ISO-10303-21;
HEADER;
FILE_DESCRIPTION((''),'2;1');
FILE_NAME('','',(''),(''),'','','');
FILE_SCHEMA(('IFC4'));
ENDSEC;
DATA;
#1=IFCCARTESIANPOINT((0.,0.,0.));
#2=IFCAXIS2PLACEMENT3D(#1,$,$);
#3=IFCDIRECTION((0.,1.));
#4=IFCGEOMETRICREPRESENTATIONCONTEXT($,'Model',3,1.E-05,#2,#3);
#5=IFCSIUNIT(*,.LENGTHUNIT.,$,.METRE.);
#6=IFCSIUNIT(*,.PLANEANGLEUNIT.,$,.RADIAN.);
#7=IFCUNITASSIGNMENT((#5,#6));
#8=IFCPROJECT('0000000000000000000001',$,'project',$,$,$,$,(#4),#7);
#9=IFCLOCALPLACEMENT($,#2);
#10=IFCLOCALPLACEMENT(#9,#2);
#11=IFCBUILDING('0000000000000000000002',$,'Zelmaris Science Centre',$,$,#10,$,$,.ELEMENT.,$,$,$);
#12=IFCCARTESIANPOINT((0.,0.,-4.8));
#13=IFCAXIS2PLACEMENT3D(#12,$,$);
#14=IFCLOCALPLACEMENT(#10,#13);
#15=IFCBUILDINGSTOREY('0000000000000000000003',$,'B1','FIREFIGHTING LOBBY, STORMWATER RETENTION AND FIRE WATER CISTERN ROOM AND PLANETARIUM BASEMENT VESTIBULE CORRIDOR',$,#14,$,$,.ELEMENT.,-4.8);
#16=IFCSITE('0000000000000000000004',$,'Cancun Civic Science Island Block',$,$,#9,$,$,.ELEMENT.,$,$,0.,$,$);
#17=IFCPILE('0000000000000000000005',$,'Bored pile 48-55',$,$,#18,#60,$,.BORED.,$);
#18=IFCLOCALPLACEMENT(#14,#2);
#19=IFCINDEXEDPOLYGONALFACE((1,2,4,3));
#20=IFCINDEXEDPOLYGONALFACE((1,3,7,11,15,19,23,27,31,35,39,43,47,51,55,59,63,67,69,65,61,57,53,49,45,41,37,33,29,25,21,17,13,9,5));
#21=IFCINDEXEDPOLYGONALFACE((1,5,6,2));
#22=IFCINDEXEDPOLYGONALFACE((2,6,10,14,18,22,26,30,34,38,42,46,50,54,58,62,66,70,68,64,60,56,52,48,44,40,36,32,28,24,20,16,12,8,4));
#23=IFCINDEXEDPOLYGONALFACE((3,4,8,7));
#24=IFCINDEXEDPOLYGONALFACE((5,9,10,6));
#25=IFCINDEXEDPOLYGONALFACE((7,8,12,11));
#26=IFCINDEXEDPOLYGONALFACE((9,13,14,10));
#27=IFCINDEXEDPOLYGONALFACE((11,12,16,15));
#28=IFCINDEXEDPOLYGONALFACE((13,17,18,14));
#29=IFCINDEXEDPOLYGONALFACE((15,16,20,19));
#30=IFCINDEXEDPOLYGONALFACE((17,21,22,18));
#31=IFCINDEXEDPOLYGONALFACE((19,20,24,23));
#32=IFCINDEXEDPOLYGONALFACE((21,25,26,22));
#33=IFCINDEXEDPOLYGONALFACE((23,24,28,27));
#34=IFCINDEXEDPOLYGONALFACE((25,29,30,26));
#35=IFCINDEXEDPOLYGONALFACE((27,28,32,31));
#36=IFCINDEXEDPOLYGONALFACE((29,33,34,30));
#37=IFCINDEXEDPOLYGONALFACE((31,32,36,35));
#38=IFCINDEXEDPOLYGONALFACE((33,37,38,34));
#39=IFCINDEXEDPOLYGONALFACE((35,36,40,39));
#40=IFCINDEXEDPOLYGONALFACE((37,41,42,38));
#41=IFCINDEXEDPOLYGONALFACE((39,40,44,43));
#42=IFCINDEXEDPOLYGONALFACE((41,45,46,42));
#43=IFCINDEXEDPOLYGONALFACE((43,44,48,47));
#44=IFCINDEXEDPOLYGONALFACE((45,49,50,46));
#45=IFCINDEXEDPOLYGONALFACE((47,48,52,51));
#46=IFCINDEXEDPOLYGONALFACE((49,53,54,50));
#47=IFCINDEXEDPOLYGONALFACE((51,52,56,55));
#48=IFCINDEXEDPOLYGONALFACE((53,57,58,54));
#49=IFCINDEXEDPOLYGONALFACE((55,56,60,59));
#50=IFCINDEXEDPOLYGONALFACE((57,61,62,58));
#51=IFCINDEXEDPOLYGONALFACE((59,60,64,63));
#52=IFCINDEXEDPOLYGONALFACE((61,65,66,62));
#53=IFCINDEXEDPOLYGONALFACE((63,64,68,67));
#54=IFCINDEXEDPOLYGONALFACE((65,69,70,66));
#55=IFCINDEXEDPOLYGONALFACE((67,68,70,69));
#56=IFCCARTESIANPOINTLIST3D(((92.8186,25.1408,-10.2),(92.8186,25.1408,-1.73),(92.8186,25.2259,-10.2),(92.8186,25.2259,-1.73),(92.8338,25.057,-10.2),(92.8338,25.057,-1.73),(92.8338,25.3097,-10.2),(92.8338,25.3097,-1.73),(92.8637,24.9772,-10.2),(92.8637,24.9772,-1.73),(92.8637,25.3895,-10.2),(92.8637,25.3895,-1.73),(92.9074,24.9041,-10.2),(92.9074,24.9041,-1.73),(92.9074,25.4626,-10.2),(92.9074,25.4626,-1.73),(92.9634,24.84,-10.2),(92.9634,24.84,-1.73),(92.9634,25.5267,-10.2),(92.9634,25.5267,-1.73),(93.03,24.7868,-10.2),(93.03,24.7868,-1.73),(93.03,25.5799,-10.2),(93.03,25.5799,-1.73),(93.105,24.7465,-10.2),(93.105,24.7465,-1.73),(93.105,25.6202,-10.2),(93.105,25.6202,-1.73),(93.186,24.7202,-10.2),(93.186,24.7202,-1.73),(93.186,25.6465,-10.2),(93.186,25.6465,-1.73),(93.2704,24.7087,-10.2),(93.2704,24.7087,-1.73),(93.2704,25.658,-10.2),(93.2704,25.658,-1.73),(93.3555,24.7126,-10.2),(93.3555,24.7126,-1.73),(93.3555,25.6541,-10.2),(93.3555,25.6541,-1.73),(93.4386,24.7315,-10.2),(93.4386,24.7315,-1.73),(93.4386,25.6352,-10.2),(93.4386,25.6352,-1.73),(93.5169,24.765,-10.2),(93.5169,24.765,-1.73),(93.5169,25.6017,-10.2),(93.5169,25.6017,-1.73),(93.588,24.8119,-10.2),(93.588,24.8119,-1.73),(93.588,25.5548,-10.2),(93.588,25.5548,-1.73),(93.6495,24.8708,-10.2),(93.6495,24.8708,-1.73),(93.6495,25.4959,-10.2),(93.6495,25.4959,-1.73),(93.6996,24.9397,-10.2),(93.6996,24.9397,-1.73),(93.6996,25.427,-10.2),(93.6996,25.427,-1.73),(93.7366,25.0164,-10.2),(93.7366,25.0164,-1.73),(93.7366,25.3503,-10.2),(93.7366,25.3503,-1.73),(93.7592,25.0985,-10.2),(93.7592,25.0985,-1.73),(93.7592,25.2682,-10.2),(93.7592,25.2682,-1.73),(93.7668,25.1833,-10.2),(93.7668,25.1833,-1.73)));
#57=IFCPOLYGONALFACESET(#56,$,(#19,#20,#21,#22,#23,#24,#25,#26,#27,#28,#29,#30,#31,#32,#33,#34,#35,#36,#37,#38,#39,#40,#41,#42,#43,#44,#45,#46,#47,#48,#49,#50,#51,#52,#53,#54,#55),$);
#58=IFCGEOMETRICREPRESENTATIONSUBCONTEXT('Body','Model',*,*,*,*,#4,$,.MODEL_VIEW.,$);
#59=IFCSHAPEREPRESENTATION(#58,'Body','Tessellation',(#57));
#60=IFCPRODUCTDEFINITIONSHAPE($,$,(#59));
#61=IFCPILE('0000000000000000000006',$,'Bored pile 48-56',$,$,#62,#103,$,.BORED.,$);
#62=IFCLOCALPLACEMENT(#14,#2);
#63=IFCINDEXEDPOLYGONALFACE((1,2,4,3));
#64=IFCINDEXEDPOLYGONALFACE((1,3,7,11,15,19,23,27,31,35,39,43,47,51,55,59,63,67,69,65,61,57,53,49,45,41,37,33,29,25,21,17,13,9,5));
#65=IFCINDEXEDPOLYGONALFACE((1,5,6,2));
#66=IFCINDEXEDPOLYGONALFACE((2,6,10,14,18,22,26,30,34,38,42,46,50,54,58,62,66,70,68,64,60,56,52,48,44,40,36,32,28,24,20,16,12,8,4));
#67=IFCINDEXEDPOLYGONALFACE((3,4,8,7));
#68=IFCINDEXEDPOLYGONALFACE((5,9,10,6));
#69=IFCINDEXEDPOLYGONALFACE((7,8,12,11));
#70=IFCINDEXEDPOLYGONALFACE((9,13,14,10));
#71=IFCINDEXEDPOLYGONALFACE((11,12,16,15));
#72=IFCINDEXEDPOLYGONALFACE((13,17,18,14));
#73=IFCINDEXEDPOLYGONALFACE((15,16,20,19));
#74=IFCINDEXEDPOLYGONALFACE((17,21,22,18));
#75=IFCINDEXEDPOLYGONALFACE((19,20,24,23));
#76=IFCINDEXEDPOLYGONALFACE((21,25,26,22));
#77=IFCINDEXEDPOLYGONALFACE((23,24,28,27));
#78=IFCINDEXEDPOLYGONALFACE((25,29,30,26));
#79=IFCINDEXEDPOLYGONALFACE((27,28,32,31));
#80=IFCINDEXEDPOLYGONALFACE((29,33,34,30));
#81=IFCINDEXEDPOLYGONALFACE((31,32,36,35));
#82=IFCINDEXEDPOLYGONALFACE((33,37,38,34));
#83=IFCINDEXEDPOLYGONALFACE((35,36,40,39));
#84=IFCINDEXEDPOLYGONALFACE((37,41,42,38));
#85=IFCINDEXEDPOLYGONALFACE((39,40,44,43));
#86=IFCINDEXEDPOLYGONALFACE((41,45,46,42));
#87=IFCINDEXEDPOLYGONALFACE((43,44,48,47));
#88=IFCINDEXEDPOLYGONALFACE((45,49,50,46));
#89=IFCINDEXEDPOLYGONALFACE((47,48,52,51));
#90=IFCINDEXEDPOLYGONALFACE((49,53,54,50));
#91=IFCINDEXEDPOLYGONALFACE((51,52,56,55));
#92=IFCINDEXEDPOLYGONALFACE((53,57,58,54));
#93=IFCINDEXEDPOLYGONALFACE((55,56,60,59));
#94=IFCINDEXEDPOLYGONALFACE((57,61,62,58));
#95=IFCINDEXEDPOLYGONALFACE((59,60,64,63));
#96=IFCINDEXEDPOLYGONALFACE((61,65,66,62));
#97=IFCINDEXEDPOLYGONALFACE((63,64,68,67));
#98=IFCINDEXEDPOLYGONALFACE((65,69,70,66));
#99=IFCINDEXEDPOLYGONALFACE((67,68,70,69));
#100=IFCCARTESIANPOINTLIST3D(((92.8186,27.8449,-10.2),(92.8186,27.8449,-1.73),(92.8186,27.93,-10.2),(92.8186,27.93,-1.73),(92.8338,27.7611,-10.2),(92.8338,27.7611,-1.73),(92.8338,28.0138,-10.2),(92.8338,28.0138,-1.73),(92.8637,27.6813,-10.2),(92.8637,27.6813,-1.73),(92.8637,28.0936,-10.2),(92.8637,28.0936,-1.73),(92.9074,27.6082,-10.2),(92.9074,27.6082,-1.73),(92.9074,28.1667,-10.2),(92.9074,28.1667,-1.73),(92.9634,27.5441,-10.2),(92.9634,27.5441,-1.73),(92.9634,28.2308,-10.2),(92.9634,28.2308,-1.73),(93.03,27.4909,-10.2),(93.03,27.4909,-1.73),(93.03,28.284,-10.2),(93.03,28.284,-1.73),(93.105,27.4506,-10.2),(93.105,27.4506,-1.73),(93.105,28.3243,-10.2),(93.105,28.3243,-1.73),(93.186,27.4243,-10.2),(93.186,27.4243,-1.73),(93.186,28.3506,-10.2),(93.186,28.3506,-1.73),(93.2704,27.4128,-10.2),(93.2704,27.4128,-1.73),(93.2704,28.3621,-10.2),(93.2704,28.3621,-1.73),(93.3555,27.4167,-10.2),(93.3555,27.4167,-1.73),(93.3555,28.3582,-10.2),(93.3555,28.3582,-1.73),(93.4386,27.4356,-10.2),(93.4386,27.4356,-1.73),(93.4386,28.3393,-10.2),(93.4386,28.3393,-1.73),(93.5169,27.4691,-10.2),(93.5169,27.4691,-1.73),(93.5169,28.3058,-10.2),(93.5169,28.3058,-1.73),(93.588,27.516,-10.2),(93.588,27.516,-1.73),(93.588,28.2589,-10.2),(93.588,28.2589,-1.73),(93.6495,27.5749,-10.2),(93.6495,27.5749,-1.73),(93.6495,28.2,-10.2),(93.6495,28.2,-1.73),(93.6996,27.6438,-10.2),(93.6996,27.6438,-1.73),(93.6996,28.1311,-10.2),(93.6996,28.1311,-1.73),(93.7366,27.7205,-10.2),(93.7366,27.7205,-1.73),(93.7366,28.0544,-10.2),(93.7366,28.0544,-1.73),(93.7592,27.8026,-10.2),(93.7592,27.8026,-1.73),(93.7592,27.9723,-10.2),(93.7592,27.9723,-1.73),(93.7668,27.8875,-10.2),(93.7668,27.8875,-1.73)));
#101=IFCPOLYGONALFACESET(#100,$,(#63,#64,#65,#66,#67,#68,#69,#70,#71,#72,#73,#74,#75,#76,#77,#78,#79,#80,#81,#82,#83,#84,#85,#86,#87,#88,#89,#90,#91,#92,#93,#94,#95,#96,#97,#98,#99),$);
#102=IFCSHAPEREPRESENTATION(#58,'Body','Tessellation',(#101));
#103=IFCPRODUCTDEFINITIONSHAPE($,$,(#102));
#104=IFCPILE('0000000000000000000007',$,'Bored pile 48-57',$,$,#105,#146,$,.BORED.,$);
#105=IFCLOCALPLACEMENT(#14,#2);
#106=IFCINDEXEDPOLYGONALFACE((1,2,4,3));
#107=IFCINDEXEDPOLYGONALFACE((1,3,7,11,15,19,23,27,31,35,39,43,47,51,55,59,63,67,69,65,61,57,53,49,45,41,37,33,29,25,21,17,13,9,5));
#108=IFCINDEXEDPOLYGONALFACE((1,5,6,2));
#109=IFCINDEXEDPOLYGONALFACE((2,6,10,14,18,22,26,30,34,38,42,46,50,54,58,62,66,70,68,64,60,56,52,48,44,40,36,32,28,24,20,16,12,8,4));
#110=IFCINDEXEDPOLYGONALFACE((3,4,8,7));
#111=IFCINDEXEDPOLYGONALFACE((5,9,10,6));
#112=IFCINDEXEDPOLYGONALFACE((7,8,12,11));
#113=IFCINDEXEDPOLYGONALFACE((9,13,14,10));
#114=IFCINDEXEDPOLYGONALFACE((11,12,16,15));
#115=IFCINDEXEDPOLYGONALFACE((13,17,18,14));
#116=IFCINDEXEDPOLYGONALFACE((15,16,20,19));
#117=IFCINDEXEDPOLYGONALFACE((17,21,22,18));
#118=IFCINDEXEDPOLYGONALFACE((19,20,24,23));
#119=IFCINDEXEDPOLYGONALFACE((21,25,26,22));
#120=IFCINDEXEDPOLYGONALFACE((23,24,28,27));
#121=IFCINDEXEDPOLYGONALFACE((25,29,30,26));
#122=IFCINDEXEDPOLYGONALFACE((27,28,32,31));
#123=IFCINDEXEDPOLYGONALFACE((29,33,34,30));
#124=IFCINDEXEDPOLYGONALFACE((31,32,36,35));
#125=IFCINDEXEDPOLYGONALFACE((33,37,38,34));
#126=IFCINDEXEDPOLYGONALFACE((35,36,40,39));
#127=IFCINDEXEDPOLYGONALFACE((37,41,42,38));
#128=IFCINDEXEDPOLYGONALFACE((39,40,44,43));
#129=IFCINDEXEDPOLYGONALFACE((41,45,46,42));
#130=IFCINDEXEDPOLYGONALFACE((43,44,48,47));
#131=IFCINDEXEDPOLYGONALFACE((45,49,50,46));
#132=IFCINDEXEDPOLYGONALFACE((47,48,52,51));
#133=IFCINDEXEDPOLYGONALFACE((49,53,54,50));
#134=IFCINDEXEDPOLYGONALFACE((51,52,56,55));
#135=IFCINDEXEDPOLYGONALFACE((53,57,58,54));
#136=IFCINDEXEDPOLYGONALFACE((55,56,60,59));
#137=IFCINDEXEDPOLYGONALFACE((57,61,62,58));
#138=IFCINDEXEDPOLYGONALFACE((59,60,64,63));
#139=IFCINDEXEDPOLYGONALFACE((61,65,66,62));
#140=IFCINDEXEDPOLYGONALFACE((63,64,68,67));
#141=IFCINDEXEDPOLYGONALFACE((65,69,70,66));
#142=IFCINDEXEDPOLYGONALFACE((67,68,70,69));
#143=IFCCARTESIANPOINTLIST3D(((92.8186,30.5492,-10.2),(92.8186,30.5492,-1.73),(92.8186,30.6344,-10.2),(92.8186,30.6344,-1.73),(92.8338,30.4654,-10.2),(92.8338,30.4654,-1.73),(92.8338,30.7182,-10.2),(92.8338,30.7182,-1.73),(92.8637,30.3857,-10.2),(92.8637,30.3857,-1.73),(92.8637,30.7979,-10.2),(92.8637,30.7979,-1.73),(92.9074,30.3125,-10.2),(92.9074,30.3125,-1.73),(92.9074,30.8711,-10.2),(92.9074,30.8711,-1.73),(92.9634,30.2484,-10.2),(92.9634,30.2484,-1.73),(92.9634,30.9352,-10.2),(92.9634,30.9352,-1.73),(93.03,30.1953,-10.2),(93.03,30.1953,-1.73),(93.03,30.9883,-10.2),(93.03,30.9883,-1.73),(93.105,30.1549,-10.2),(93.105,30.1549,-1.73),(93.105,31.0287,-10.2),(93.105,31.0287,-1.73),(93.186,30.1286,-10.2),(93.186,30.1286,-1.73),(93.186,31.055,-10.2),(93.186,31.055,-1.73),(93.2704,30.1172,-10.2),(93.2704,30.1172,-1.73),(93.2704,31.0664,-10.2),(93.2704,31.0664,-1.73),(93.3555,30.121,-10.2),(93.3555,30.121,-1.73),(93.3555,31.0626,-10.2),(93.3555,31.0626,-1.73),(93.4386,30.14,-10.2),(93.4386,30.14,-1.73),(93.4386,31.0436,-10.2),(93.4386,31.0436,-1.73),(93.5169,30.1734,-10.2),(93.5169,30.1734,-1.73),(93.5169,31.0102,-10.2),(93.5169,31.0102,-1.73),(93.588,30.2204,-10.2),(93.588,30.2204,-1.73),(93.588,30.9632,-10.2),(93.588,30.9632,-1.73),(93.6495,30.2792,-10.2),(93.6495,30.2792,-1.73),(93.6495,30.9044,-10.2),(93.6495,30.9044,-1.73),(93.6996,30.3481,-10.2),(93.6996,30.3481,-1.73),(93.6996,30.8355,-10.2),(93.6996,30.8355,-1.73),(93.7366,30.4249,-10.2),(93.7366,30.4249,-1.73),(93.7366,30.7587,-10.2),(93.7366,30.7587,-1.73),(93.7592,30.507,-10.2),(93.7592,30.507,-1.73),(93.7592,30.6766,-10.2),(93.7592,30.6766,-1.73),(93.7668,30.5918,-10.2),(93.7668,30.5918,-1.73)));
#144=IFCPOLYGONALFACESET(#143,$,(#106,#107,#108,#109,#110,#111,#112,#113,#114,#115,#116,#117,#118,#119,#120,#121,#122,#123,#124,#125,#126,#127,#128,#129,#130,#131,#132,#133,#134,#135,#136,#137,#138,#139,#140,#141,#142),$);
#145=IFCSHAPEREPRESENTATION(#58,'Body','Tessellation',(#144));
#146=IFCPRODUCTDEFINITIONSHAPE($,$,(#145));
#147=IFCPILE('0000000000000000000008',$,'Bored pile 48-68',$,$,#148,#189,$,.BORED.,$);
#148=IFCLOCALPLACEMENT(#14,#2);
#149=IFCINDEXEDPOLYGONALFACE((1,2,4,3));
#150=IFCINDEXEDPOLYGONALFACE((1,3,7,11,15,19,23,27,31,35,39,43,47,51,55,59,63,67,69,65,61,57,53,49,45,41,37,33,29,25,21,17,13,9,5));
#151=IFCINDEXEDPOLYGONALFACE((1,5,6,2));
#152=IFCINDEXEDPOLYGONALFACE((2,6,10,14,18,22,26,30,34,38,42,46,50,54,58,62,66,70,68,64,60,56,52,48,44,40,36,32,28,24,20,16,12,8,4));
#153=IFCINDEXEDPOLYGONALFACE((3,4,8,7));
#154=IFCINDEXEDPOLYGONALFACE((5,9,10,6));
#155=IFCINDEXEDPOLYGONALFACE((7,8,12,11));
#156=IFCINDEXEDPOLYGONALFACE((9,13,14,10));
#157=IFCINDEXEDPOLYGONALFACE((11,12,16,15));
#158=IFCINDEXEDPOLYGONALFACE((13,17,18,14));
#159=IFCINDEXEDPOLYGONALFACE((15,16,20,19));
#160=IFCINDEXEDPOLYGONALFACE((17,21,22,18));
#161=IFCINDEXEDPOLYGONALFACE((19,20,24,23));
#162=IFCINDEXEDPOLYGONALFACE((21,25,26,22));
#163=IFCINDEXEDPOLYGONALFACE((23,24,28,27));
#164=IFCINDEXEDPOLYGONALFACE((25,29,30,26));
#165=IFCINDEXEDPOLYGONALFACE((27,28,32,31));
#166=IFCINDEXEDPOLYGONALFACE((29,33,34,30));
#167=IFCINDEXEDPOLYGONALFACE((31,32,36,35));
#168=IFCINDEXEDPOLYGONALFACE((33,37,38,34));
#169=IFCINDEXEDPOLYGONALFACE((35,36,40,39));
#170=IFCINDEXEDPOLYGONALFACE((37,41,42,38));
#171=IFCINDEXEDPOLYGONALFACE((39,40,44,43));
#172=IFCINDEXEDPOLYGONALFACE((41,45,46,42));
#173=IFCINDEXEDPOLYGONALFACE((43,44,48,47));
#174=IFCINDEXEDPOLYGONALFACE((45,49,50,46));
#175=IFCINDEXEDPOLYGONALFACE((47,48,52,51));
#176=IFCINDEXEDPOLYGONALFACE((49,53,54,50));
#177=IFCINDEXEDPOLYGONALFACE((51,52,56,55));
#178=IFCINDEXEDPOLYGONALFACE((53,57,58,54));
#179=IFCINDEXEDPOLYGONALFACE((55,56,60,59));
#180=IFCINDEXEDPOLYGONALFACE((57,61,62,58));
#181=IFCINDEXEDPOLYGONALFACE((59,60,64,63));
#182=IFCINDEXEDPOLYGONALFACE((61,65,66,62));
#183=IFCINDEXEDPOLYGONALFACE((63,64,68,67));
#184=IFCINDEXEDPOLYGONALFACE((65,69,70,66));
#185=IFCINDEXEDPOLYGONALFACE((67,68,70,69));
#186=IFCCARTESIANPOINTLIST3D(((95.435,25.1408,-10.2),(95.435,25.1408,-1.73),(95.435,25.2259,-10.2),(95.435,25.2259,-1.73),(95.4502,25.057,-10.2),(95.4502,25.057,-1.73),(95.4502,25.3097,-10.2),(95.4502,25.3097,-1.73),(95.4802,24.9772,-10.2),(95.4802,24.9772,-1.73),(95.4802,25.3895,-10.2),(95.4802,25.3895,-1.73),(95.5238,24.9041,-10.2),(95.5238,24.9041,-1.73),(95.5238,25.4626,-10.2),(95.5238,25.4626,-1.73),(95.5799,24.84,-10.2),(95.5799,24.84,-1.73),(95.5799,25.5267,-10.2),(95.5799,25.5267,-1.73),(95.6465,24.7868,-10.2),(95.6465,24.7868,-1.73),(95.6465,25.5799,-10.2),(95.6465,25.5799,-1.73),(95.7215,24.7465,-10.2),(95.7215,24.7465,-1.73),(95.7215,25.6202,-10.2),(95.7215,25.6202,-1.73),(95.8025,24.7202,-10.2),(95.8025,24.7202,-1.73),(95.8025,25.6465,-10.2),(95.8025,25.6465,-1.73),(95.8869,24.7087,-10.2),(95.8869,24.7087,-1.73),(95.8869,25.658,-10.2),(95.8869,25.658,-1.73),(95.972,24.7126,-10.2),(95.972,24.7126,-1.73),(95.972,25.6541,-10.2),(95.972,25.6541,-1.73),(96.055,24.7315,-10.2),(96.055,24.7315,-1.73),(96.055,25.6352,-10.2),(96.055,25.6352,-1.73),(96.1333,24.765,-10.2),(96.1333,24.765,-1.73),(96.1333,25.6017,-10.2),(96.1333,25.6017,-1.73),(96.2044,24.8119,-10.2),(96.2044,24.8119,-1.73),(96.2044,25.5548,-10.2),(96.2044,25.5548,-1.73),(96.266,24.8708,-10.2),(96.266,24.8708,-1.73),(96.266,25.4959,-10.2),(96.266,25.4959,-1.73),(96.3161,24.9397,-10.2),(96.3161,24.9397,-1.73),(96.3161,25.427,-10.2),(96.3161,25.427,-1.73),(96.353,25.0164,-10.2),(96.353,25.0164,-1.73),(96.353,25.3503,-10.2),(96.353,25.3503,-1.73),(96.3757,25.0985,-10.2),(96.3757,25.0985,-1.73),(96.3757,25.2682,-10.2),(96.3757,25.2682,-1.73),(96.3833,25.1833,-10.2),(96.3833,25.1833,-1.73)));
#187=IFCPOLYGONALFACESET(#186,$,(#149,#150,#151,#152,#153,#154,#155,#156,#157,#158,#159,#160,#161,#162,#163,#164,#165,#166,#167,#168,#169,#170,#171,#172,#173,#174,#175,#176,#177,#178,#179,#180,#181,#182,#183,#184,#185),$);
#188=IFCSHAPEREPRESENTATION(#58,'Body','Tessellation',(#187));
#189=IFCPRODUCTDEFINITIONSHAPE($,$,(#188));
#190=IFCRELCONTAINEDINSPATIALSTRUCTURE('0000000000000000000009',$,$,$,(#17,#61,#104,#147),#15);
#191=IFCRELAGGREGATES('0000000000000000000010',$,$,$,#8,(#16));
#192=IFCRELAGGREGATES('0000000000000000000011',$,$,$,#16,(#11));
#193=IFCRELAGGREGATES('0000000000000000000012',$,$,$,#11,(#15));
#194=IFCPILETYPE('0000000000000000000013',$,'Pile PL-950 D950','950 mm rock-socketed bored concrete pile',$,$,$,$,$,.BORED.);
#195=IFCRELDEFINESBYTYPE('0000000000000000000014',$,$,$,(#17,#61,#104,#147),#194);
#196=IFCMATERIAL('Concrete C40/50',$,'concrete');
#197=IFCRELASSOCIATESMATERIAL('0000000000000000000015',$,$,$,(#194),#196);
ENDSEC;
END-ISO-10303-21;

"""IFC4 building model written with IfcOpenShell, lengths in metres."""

from ifc_helpers import new_model, si_unit, direction, frame, origin, origin_2d, place, context, subcontext, project, spatial, circle, extrude, material, material_profile, profile_set, type_object, element, save


model = new_model("IFC4")

# Units and contexts
model_context = context("Model", 3, precision=1e-05, world=origin(), true_north=direction((0.0, 1.0)))
body_context = subcontext(model_context, "Body", "Model", "MODEL_VIEW")
ifc_project = project(units=[si_unit("LENGTHUNIT", "METRE"), si_unit("PLANEANGLEUNIT", "RADIAN")], contexts=[model_context])

# Site, building, storey
site_placement = place(None, origin())
site = spatial("IfcSite", under=ifc_project, at=site_placement, Name="Cancun Civic Science Island Block", CompositionType="ELEMENT", RefElevation=0.0)
building_placement = place(site_placement, origin())
building = spatial("IfcBuilding", under=site, at=building_placement, Name="Zelmaris Science Centre", CompositionType="ELEMENT")
storey_placement = place(building_placement, frame((0.0, 0.0, -4.8)))
storey = spatial("IfcBuildingStorey", under=building, at=storey_placement, Name="B1", Description="FIREFIGHTING LOBBY, STORMWATER RETENTION AND FIRE WATER CISTERN ROOM AND PLANETARIUM BASEMENT VESTIBULE CORRIDOR", CompositionType="ELEMENT", Elevation=-4.8)

# Piles
ifc_material_1 = material(Name="Concrete C40/50", Category="concrete")
ifc_material_profile_1 = material_profile(ifc_material_1, circle(Radius=0.4751, at=origin_2d()), Name="PILE-950")
ifc_profile_set_1 = profile_set([ifc_material_profile_1], Name="Concrete C40/50")
pile_type_1 = type_object("IfcPileType", Name="Pile PL-950 D950", Description="950 mm rock-socketed bored concrete pile", PredefinedType="BORED", material=ifc_profile_set_1)
for number, where, z_axis, x_axis, name in (
    (1, (93.2917, 25.1833, -1.73), (0.0, 0.0, -1.0), (1.0, 0.0, 0.0), "Bored pile 48-55"),
    (2, (93.2917, 27.8875, -1.73), (0.0, 0.0, -1.0), (1.0, 0.0, 0.0), "Bored pile 48-56"),
    (3, (93.2917, 30.5918, -1.73), (0.0, 0.0, -1.0), (1.0, 0.0, 0.0), "Bored pile 48-57"),
    (4, (95.9082, 25.1833, -1.73), (0.0, 0.0, -1.0), (1.0, 0.0, 0.0), "Bored pile 48-68"),
):
    element("IfcPile", number, at=place(storey_placement, frame(where, z_axis=z_axis, x_axis=x_axis)), inside=storey, type_object=pile_type_1, Name=name, PredefinedType="BORED", context=body_context, shape_type="SweptSolid", body=[
        extrude(circle(Radius=0.4751, at=origin_2d()), origin(), (0.0, 0.0, 1.0), 8.47),
    ])

save(model, "model.ifc")
